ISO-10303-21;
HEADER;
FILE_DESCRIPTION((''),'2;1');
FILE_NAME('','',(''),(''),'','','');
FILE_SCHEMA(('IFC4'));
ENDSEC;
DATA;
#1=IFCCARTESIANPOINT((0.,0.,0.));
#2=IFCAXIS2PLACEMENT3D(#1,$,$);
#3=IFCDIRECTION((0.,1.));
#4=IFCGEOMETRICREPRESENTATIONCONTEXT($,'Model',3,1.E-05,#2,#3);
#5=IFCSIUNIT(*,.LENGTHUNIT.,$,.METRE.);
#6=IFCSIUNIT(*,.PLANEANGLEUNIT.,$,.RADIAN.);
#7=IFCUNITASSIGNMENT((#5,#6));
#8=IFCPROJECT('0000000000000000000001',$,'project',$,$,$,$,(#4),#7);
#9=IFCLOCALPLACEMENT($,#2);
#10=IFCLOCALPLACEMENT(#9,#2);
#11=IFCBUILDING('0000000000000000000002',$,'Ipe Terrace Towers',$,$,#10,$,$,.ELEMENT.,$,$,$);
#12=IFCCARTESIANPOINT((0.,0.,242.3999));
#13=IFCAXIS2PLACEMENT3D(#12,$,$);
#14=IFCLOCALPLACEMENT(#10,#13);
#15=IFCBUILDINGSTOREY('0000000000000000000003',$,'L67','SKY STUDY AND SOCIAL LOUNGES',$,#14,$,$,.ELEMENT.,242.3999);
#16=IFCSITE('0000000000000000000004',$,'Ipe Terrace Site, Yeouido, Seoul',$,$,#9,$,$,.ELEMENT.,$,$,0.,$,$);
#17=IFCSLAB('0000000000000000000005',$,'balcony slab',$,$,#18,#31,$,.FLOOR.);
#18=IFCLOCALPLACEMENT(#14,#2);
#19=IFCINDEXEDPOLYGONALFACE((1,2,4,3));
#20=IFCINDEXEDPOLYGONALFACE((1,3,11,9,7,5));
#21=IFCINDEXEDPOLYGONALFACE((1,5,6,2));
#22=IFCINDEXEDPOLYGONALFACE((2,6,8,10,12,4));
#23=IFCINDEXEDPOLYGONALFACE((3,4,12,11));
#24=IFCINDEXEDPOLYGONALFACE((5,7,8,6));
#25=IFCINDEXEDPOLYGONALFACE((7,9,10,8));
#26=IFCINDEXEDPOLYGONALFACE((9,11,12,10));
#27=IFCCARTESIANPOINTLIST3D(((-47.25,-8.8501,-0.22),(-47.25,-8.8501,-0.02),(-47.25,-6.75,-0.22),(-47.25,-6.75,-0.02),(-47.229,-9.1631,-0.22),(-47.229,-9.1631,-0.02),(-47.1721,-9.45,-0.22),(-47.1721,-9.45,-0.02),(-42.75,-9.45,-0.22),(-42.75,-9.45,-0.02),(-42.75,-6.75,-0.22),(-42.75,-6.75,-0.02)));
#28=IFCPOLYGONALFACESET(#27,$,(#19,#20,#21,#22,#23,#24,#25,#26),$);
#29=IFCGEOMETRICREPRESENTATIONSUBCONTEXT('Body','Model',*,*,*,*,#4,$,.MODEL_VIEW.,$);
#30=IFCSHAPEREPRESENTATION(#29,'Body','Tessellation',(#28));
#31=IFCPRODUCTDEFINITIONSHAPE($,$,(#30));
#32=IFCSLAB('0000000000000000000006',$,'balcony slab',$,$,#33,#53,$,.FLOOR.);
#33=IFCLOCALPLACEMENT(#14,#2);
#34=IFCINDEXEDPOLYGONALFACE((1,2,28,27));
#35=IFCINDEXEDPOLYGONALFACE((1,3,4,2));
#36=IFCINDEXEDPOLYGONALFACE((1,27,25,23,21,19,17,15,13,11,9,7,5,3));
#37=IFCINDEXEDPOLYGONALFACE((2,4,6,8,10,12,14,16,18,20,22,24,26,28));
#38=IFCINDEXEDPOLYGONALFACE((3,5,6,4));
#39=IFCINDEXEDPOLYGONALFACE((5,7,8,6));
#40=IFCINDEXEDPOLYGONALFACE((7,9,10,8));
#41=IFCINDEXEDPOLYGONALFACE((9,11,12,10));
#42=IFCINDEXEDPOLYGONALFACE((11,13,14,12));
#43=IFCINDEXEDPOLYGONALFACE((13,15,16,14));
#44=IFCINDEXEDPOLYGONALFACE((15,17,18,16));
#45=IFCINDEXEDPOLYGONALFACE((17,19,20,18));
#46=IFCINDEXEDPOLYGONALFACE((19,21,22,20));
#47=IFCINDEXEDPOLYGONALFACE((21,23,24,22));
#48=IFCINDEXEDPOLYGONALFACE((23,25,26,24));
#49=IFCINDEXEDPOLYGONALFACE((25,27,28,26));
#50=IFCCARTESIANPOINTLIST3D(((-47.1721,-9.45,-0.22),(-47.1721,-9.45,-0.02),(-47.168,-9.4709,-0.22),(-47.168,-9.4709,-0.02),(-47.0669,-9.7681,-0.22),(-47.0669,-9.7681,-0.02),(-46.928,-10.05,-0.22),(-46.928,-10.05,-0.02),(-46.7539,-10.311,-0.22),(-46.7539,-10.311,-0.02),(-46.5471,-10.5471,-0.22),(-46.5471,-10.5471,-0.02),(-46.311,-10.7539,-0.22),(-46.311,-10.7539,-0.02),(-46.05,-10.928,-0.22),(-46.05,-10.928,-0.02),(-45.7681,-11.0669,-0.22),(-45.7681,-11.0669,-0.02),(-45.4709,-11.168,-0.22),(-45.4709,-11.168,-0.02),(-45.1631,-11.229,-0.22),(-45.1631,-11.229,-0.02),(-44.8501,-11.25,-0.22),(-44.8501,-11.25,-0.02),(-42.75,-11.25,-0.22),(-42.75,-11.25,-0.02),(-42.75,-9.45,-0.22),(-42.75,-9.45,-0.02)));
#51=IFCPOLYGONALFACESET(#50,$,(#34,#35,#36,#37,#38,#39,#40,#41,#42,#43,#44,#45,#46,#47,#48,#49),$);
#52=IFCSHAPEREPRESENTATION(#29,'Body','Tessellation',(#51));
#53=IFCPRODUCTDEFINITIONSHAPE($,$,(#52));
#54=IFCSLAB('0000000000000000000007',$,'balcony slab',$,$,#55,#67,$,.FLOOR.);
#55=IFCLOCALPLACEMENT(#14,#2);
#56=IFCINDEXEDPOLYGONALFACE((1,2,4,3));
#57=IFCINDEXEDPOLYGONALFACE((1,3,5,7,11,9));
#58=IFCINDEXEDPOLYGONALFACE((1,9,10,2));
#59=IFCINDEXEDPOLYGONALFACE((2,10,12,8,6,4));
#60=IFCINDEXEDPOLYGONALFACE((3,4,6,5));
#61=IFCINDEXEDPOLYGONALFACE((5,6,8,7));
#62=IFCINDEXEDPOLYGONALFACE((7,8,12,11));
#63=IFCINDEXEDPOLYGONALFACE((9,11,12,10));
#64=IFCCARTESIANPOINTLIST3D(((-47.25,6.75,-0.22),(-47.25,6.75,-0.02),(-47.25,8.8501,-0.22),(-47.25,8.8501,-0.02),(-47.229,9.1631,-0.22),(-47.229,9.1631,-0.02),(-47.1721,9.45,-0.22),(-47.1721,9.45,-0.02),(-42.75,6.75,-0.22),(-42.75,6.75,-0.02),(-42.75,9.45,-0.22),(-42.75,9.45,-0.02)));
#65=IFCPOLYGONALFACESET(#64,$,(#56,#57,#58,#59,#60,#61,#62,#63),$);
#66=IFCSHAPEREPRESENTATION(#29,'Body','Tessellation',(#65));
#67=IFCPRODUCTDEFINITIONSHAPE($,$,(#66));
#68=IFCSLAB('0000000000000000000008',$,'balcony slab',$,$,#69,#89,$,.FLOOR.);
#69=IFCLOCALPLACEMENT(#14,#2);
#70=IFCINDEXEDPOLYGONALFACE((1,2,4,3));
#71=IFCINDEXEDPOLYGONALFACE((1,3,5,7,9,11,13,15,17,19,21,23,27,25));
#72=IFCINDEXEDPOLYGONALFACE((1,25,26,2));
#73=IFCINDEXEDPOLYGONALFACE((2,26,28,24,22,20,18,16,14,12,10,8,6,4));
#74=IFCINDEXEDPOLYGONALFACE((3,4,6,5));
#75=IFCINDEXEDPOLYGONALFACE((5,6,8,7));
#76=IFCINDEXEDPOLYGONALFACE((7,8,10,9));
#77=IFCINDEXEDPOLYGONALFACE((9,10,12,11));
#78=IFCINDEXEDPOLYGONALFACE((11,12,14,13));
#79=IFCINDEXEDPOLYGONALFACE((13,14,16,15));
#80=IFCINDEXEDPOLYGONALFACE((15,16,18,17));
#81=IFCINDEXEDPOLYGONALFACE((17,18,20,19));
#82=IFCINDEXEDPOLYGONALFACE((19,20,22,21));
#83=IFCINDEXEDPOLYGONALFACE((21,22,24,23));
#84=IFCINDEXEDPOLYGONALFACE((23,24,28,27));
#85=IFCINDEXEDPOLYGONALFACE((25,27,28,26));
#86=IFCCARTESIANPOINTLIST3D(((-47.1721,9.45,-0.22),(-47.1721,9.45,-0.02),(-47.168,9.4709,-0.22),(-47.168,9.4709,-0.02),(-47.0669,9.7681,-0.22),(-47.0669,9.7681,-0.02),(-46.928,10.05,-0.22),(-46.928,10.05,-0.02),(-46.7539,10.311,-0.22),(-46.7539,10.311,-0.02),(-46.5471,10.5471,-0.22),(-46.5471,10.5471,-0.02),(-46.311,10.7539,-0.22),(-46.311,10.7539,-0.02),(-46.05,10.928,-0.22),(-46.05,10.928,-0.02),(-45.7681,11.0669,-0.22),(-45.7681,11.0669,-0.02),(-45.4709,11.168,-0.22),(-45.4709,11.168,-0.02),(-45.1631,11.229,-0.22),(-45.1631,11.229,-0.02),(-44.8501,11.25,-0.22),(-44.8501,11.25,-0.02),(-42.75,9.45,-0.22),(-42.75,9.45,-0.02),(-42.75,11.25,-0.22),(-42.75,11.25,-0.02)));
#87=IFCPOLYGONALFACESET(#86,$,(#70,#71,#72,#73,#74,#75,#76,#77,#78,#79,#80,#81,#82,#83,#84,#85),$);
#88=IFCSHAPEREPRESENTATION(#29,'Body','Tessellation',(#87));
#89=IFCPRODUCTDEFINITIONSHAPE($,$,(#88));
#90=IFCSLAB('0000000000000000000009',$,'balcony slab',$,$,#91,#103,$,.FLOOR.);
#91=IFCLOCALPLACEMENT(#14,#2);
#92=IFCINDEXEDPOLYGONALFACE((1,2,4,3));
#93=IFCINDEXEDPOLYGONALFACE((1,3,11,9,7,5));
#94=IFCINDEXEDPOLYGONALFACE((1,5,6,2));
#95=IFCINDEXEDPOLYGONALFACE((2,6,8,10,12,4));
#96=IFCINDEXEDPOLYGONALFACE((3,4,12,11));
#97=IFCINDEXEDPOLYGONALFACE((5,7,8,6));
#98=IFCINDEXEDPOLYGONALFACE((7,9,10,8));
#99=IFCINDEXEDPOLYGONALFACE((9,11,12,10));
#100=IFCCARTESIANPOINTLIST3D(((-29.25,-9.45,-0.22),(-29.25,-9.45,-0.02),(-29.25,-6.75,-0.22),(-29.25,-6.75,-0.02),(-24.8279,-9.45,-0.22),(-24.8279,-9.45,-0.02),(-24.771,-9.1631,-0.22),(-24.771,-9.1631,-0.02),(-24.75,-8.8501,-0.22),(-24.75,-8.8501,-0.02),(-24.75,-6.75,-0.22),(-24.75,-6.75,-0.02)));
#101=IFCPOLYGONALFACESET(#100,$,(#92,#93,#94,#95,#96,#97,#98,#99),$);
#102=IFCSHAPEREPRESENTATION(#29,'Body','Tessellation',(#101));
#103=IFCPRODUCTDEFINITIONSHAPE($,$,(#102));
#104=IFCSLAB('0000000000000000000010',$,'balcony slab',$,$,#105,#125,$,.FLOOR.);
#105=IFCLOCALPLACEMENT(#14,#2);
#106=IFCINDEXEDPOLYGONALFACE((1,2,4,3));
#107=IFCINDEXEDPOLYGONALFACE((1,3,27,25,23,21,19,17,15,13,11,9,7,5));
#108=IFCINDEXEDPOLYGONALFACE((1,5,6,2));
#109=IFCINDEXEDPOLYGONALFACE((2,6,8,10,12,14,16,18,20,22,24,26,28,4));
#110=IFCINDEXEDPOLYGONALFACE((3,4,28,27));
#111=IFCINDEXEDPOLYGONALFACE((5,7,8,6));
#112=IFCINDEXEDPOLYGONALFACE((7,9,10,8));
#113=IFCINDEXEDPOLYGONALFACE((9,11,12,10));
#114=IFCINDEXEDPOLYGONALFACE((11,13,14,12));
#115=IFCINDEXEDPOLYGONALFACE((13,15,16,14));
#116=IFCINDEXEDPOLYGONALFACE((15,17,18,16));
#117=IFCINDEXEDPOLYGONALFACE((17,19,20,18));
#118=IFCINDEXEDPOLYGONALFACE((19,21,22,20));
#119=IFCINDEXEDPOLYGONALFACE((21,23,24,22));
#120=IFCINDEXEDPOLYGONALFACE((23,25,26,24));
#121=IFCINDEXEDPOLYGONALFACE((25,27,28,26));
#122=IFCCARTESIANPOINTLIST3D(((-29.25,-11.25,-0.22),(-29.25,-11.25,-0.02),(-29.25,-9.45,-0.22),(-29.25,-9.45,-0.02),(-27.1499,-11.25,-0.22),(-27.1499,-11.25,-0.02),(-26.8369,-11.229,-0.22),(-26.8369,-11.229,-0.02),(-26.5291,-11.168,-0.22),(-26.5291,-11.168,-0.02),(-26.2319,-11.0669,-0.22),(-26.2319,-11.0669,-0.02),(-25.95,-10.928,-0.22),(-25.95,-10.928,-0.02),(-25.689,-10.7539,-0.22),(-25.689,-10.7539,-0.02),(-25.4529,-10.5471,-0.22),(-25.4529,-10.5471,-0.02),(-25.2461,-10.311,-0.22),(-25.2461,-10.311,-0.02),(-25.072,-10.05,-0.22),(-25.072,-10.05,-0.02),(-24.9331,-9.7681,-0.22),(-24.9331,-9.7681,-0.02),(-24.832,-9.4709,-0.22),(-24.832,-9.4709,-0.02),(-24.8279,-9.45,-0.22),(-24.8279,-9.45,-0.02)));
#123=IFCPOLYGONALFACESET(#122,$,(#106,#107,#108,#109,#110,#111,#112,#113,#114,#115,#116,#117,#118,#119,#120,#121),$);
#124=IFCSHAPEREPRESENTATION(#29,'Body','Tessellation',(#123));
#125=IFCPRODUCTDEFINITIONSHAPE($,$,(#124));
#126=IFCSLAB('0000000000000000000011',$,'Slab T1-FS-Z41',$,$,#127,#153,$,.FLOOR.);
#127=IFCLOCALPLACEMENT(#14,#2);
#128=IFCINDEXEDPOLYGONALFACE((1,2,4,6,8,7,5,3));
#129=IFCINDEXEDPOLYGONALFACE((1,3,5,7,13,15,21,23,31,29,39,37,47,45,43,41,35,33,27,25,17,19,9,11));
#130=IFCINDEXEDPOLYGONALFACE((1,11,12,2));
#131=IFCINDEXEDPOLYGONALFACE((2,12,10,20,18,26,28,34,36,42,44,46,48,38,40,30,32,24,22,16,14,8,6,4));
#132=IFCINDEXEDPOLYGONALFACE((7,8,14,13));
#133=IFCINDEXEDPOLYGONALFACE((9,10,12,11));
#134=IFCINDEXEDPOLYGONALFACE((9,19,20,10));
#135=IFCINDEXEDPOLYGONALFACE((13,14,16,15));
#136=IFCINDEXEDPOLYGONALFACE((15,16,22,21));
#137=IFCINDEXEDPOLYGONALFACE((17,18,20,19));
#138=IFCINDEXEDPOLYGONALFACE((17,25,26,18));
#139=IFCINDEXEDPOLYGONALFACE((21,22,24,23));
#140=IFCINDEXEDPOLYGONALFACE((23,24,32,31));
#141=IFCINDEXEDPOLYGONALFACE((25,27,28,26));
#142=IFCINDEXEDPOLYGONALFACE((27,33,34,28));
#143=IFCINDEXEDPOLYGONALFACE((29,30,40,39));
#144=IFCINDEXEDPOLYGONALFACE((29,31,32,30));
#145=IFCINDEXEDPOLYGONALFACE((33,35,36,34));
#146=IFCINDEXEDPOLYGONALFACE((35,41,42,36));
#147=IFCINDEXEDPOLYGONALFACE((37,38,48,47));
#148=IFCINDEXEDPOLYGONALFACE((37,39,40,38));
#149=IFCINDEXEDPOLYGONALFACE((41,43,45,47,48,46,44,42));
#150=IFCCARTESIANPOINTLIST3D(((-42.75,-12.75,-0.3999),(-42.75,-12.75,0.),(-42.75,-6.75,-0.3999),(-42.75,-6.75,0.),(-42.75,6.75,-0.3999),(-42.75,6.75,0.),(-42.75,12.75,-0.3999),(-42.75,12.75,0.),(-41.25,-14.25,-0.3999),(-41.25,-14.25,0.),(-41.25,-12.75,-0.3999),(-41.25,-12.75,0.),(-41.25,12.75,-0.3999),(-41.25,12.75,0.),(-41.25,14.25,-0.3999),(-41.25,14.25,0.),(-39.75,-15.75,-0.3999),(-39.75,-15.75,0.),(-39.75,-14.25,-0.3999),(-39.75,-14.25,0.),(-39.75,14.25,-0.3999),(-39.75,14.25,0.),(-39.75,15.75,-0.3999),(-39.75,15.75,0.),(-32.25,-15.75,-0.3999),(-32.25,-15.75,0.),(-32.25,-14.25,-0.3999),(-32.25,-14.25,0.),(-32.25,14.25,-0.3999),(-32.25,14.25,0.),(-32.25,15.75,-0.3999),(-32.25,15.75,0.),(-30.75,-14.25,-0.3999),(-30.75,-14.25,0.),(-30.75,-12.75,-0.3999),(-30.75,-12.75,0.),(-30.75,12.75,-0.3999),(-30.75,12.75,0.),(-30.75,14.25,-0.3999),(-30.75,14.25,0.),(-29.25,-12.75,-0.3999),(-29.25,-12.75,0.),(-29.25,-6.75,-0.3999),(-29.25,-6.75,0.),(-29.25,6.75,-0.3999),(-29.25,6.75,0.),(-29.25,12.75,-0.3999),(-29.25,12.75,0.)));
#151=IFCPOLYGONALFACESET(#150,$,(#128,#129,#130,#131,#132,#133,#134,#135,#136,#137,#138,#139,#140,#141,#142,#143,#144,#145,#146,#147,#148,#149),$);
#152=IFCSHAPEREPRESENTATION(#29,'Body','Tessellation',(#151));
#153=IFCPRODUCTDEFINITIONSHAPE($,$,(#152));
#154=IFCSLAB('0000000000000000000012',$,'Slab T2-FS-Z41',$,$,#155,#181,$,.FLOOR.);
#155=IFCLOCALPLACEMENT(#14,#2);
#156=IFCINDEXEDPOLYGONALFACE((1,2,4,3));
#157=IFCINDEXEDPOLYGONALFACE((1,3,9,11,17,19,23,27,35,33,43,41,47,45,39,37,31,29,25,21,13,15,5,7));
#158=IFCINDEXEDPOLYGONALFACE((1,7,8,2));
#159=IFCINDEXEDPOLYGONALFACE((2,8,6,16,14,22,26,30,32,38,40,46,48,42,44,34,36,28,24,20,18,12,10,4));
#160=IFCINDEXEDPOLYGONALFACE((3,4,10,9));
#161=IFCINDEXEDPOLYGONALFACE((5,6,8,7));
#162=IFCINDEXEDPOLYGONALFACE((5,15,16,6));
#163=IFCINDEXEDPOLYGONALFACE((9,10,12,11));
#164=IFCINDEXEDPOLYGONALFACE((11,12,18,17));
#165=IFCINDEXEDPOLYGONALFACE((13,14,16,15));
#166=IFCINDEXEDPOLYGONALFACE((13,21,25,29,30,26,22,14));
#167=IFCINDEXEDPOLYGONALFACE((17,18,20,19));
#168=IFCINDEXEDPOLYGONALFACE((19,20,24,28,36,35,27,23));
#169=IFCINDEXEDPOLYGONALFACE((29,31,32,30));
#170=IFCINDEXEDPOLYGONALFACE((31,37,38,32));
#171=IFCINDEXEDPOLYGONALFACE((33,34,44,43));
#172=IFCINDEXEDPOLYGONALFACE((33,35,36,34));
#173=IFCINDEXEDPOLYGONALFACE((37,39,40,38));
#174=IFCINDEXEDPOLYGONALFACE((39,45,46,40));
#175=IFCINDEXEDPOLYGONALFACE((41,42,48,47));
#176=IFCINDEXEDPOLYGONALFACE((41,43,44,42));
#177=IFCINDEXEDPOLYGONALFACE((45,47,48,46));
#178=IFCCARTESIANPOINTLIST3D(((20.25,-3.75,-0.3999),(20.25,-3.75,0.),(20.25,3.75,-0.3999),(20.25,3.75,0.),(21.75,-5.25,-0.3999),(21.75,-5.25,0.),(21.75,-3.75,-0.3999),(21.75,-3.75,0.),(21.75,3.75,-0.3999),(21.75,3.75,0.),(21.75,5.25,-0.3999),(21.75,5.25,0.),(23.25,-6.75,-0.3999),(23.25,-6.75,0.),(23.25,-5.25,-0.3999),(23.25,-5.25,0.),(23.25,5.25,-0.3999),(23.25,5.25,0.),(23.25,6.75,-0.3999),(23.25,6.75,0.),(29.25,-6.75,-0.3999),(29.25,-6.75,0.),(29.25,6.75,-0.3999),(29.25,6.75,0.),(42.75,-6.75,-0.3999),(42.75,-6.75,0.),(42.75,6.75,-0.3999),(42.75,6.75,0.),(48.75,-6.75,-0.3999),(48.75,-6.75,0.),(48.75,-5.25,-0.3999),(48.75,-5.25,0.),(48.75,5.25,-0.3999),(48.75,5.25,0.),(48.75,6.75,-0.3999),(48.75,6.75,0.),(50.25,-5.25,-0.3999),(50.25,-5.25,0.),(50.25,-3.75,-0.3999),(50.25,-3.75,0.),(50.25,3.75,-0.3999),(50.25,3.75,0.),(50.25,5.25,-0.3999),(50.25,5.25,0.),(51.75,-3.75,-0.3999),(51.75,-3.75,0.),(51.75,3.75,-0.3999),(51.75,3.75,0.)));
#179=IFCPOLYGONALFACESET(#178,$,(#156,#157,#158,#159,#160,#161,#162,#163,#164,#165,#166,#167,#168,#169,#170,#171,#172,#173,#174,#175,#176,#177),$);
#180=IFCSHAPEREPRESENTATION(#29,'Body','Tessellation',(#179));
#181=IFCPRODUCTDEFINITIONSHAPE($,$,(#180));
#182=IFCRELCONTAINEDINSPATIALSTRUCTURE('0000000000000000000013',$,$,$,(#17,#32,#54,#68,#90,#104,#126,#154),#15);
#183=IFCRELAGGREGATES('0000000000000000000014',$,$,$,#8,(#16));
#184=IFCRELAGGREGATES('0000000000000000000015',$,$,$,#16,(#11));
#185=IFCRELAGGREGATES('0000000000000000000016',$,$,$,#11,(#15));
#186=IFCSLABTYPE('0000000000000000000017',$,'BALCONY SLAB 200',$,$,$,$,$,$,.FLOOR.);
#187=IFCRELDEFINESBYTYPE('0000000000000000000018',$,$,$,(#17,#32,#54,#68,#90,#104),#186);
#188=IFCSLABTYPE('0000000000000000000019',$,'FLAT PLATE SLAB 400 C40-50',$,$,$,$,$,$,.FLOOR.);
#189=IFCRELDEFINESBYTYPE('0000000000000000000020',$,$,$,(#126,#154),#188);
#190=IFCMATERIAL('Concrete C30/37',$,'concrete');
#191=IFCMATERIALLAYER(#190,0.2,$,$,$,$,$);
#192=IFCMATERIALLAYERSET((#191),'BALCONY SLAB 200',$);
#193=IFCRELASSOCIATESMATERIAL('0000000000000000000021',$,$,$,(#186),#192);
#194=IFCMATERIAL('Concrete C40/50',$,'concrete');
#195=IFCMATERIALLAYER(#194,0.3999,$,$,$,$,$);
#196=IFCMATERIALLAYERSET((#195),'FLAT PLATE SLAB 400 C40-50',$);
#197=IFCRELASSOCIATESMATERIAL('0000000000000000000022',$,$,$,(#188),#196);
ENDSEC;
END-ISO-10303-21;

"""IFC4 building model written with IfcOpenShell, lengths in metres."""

from ifc_helpers import new_model, si_unit, direction, frame, origin, place, context, subcontext, project, spatial, polyline, outline, extrude, material, layer, layer_set, type_object, element, save


model = new_model("IFC4")

# Units and contexts
model_context = context("Model", 3, precision=1e-05, world=origin(), true_north=direction((0.0, 1.0)))
body_context = subcontext(model_context, "Body", "Model", "MODEL_VIEW")
ifc_project = project(units=[si_unit("LENGTHUNIT", "METRE"), si_unit("PLANEANGLEUNIT", "RADIAN")], contexts=[model_context])

# Site, building, storey
site_placement = place(None, origin())
site = spatial("IfcSite", under=ifc_project, at=site_placement, Name="Ipe Terrace Site, Yeouido, Seoul", CompositionType="ELEMENT", RefElevation=0.0)
building_placement = place(site_placement, origin())
building = spatial("IfcBuilding", under=site, at=building_placement, Name="Ipe Terrace Towers", CompositionType="ELEMENT")
storey_placement = place(building_placement, frame((0.0, 0.0, 242.3999)))
storey = spatial("IfcBuildingStorey", under=building, at=storey_placement, Name="L67", Description="SKY STUDY AND SOCIAL LOUNGES", CompositionType="ELEMENT", Elevation=242.3999)

# Slabs
ifc_material_1 = material(Name="Concrete C30/37", Category="concrete")
ifc_layer_1 = layer(ifc_material_1, 0.2)
ifc_layer_set_1 = layer_set([ifc_layer_1], Name="BALCONY SLAB 200")
slab_type_1 = type_object("IfcSlabType", Name="BALCONY SLAB 200", PredefinedType="FLOOR", material=ifc_layer_set_1)
slab_1_placement = place(storey_placement, frame((0.0, 0.0, -0.22)))
element("IfcSlab", 1, at=slab_1_placement, inside=storey, type_object=slab_type_1, Name="balcony slab", PredefinedType="FLOOR", context=body_context, shape_type="SweptSolid", body=[
    extrude(outline(polyline([(-47.229, -9.1631), (-47.1721, -9.45), (-42.75, -9.45), (-42.75, -6.75), (-47.25, -6.75), (-47.25, -8.8501), (-47.229, -9.1631)])), origin(), (0.0, 0.0, 1.0), 0.2),
])
slab_2_placement = place(storey_placement, frame((0.0, 0.0, -0.22)))
element("IfcSlab", 2, at=slab_2_placement, inside=storey, type_object=slab_type_1, Name="balcony slab", PredefinedType="FLOOR", context=body_context, shape_type="SweptSolid", body=[
    extrude(outline(polyline([(-42.75, -11.25), (-42.75, -9.45), (-47.1721, -9.45), (-47.168, -9.4709), (-47.0669, -9.7681), (-46.928, -10.05), (-46.7539, -10.311), (-46.5471, -10.5471), (-46.311, -10.7539), (-46.05, -10.928), (-45.7681, -11.0669), (-45.4709, -11.168), (-45.1631, -11.229), (-44.8501, -11.25), (-42.75, -11.25)])), origin(), (0.0, 0.0, 1.0), 0.2),
])
slab_3_placement = place(storey_placement, frame((0.0, 0.0, -0.22)))
element("IfcSlab", 3, at=slab_3_placement, inside=storey, type_object=slab_type_1, Name="balcony slab", PredefinedType="FLOOR", context=body_context, shape_type="SweptSolid", body=[
    extrude(outline(polyline([(-47.229, 9.1631), (-47.25, 8.8501), (-47.25, 6.75), (-42.75, 6.75), (-42.75, 9.45), (-47.1721, 9.45), (-47.229, 9.1631)])), origin(), (0.0, 0.0, 1.0), 0.2),
])
slab_4_placement = place(storey_placement, frame((0.0, 0.0, -0.22)))
element("IfcSlab", 4, at=slab_4_placement, inside=storey, type_object=slab_type_1, Name="balcony slab", PredefinedType="FLOOR", context=body_context, shape_type="SweptSolid", body=[
    extrude(outline(polyline([(-42.75, 11.25), (-44.8501, 11.25), (-45.1631, 11.229), (-45.4709, 11.168), (-45.7681, 11.0669), (-46.05, 10.928), (-46.311, 10.7539), (-46.5471, 10.5471), (-46.7539, 10.311), (-46.928, 10.05), (-47.0669, 9.7681), (-47.168, 9.4709), (-47.1721, 9.45), (-42.75, 9.45), (-42.75, 11.25)])), origin(), (0.0, 0.0, 1.0), 0.2),
])
slab_5_placement = place(storey_placement, frame((0.0, 0.0, -0.22)))
element("IfcSlab", 5, at=slab_5_placement, inside=storey, type_object=slab_type_1, Name="balcony slab", PredefinedType="FLOOR", context=body_context, shape_type="SweptSolid", body=[
    extrude(outline(polyline([(-24.771, -9.1631), (-24.75, -8.8501), (-24.75, -6.75), (-29.25, -6.75), (-29.25, -9.45), (-24.8279, -9.45), (-24.771, -9.1631)])), origin(), (0.0, 0.0, 1.0), 0.2),
])
slab_6_placement = place(storey_placement, frame((0.0, 0.0, -0.22)))
element("IfcSlab", 6, at=slab_6_placement, inside=storey, type_object=slab_type_1, Name="balcony slab", PredefinedType="FLOOR", context=body_context, shape_type="SweptSolid", body=[
    extrude(outline(polyline([(-29.25, -11.25), (-27.1499, -11.25), (-26.8369, -11.229), (-26.5291, -11.168), (-26.2319, -11.0669), (-25.95, -10.928), (-25.689, -10.7539), (-25.4529, -10.5471), (-25.2461, -10.311), (-25.072, -10.05), (-24.9331, -9.7681), (-24.832, -9.4709), (-24.8279, -9.45), (-29.25, -9.45), (-29.25, -11.25)])), origin(), (0.0, 0.0, 1.0), 0.2),
])
ifc_material_2 = material(Name="Concrete C40/50", Category="concrete")
ifc_layer_2 = layer(ifc_material_2, 0.3999)
ifc_layer_set_2 = layer_set([ifc_layer_2], Name="FLAT PLATE SLAB 400 C40-50")
slab_type_2 = type_object("IfcSlabType", Name="FLAT PLATE SLAB 400 C40-50", PredefinedType="FLOOR", material=ifc_layer_set_2)
slab_7_placement = place(storey_placement, frame((0.0, 0.0, -0.3999)))
element("IfcSlab", 7, at=slab_7_placement, inside=storey, type_object=slab_type_2, Name="Slab T1-FS-Z41", PredefinedType="FLOOR", context=body_context, shape_type="SweptSolid", body=[
    extrude(outline(polyline([(-30.75, -12.75), (-30.75, -14.25), (-32.25, -14.25), (-32.25, -15.75), (-39.75, -15.75), (-39.75, -14.25), (-41.25, -14.25), (-41.25, -12.75), (-42.75, -12.75), (-42.75, -6.75), (-42.75, 6.75), (-42.75, 12.75), (-41.25, 12.75), (-41.25, 14.25), (-39.75, 14.25), (-39.75, 15.75), (-32.25, 15.75), (-32.25, 14.25), (-30.75, 14.25), (-30.75, 12.75), (-29.25, 12.75), (-29.25, 6.75), (-29.25, -6.75), (-29.25, -12.75), (-30.75, -12.75)])), origin(), (0.0, 0.0, 1.0), 0.3999),
])
slab_8_placement = place(storey_placement, frame((0.0, 0.0, -0.3999)))
element("IfcSlab", 8, at=slab_8_placement, inside=storey, type_object=slab_type_2, Name="Slab T2-FS-Z41", PredefinedType="FLOOR", context=body_context, shape_type="SweptSolid", body=[
    extrude(outline(polyline([(48.75, 5.25), (50.25, 5.25), (50.25, 3.75), (51.75, 3.75), (51.75, -3.75), (50.25, -3.75), (50.25, -5.25), (48.75, -5.25), (48.75, -6.75), (42.75, -6.75), (29.25, -6.75), (23.25, -6.75), (23.25, -5.25), (21.75, -5.25), (21.75, -3.75), (20.25, -3.75), (20.25, 3.75), (21.75, 3.75), (21.75, 5.25), (23.25, 5.25), (23.25, 6.75), (29.25, 6.75), (42.75, 6.75), (48.75, 6.75), (48.75, 5.25)])), origin(), (0.0, 0.0, 1.0), 0.3999),
])

save(model, "model.ifc")
